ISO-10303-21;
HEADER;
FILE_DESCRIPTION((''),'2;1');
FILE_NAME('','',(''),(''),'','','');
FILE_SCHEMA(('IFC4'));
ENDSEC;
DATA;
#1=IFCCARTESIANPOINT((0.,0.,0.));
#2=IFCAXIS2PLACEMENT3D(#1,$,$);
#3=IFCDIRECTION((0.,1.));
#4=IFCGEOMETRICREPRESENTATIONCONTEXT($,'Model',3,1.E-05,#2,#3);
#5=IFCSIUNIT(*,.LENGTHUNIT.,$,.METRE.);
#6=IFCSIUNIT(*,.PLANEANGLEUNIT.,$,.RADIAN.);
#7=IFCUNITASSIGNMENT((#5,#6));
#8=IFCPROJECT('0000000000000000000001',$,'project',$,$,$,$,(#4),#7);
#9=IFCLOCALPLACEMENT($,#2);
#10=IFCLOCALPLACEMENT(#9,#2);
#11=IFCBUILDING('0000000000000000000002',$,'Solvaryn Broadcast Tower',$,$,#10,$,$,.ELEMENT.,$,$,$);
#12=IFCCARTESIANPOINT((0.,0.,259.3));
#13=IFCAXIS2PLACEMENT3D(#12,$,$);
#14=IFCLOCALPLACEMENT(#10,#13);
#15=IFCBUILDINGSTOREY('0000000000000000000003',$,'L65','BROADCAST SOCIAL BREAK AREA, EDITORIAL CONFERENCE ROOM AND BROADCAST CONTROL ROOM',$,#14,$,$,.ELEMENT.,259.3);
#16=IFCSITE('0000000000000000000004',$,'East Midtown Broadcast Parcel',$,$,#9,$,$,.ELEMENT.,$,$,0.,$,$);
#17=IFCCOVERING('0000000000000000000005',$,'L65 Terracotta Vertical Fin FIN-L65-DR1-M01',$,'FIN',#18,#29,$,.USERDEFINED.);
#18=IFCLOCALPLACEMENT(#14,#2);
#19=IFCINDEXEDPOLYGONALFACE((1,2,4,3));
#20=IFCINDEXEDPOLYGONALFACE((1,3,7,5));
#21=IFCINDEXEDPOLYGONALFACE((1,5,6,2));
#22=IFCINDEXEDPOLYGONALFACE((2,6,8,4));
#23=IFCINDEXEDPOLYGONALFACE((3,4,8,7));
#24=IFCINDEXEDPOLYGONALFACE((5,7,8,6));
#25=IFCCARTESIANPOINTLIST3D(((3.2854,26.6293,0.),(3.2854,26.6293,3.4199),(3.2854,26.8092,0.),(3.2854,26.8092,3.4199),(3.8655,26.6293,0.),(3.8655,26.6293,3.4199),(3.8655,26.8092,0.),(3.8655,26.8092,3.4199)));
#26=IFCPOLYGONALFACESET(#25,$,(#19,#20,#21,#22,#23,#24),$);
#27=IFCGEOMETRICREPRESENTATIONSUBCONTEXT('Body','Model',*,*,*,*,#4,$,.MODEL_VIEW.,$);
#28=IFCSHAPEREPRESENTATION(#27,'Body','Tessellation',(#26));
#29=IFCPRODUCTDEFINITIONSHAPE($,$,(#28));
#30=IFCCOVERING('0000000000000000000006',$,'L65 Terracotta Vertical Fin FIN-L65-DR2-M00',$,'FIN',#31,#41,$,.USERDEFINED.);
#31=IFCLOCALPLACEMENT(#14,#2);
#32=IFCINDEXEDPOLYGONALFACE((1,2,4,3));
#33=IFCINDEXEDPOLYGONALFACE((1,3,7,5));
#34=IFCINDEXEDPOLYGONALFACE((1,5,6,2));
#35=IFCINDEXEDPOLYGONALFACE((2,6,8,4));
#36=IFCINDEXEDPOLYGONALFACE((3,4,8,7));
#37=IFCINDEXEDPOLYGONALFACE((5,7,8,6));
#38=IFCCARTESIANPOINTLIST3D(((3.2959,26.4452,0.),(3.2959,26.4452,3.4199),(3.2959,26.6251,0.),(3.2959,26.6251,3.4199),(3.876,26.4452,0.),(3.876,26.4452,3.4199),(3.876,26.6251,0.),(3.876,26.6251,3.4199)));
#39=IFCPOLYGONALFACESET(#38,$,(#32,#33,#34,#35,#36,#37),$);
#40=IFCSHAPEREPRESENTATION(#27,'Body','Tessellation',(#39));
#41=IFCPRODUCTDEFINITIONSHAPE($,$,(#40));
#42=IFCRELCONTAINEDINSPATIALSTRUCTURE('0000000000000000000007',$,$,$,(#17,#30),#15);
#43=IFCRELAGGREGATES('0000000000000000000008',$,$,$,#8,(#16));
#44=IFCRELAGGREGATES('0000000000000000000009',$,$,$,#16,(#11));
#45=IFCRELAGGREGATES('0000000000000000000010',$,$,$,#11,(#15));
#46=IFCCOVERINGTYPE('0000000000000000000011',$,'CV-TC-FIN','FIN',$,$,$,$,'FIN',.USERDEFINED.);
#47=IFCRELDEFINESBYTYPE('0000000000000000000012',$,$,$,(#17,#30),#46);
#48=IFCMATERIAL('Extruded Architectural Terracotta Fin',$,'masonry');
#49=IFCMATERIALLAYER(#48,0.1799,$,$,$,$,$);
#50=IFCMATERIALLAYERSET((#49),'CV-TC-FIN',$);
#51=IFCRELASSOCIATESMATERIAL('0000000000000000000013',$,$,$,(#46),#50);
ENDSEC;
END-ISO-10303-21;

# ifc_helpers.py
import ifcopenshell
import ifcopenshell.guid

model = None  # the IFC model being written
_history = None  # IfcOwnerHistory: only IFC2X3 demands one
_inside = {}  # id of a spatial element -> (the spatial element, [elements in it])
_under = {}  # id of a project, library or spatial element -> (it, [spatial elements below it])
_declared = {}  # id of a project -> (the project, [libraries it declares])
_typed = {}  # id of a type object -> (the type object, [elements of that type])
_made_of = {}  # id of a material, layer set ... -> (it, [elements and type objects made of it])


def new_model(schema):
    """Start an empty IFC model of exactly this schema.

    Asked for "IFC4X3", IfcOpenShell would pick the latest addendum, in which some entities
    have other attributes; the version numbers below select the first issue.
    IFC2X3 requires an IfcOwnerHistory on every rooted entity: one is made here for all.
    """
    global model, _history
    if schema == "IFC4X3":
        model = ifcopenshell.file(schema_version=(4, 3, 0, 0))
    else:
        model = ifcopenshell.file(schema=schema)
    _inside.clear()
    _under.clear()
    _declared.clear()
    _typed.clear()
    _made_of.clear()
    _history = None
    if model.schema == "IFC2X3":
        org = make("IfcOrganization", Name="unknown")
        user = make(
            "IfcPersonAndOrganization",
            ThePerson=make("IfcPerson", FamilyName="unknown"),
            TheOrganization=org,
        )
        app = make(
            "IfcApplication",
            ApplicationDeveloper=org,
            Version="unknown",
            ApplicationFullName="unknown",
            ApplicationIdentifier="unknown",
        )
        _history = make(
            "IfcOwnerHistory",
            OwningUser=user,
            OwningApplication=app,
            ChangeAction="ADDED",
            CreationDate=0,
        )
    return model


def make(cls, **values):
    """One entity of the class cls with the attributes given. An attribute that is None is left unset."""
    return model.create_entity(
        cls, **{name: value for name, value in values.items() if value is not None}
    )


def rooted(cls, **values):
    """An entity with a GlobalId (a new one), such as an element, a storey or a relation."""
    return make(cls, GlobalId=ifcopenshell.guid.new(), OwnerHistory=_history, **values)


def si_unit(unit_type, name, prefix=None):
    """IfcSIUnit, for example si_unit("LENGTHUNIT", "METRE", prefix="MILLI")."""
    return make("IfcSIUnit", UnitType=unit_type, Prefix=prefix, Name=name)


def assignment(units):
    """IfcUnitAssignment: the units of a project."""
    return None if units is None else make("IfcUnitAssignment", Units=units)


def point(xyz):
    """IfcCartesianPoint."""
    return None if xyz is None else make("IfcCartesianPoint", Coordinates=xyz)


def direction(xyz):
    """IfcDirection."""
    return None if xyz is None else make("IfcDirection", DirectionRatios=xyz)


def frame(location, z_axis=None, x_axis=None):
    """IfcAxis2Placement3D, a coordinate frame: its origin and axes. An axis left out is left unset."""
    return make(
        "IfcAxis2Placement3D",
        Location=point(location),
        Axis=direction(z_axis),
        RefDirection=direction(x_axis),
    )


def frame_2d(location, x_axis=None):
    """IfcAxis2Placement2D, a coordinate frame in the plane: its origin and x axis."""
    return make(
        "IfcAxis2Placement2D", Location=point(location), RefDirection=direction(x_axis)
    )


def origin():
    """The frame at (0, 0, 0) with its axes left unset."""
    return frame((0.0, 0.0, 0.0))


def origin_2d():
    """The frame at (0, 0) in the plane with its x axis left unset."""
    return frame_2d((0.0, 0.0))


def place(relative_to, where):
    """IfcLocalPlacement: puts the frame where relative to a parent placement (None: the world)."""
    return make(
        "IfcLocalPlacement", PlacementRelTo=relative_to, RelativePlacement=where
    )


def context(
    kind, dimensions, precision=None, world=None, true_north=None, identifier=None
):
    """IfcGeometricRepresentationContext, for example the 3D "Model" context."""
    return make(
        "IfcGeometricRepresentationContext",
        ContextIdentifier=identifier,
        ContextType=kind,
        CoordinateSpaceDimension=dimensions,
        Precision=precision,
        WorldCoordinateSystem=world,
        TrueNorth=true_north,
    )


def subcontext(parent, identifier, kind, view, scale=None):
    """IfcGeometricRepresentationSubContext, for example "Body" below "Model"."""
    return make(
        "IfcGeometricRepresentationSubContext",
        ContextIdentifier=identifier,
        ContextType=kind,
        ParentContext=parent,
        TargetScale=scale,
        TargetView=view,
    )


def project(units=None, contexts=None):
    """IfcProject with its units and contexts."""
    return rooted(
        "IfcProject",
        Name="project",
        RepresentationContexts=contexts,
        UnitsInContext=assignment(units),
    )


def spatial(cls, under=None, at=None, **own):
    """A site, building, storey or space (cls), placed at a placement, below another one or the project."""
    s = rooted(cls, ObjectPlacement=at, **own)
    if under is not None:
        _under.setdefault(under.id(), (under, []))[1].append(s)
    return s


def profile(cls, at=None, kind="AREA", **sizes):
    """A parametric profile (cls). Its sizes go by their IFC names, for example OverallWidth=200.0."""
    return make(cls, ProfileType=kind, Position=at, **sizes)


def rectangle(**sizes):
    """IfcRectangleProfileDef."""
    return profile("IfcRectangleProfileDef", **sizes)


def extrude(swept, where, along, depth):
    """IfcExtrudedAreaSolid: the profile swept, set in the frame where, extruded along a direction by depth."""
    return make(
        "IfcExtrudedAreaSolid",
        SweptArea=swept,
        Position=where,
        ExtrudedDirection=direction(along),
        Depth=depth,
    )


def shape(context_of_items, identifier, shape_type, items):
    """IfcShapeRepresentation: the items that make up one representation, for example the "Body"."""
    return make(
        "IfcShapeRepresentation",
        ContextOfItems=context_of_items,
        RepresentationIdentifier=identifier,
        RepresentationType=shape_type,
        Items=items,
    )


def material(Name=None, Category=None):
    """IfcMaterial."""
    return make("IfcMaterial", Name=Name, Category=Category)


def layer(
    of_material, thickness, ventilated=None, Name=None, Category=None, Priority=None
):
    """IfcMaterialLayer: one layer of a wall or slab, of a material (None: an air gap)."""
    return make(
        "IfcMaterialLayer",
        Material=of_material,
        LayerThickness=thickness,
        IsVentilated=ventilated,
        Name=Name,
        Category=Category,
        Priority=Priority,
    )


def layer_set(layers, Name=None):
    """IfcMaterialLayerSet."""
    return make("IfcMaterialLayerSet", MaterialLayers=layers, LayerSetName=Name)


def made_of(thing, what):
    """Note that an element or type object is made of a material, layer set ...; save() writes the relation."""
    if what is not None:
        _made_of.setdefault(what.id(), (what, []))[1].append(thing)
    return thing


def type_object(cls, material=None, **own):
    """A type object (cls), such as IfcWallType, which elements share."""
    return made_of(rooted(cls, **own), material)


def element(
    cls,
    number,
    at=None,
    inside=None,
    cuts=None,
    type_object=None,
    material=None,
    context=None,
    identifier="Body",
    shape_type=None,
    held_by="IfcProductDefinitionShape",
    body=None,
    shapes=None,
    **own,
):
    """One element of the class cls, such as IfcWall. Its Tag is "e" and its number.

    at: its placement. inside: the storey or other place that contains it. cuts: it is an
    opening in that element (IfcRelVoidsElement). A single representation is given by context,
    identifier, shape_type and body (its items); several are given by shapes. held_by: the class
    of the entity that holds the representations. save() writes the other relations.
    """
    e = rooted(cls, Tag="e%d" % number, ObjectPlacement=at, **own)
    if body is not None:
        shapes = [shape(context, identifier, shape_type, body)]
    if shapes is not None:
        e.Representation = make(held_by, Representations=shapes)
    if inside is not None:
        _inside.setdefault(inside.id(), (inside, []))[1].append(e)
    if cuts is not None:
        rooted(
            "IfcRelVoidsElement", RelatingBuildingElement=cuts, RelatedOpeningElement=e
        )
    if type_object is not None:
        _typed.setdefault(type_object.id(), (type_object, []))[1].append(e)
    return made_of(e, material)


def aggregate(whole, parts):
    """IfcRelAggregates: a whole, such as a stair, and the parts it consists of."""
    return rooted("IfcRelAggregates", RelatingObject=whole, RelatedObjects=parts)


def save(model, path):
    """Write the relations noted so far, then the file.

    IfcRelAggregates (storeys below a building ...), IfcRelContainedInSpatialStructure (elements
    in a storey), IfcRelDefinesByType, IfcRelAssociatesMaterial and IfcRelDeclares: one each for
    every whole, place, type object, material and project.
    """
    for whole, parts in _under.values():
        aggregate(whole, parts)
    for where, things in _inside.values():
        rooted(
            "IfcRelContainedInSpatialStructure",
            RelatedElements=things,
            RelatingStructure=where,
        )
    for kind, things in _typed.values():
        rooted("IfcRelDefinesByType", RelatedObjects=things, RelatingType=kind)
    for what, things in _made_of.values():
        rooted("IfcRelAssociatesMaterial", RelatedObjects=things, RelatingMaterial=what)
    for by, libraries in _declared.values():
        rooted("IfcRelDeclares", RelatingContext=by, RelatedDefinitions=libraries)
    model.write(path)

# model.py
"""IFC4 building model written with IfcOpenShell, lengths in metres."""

from ifc_helpers import new_model, si_unit, direction, frame, origin, origin_2d, place, context, subcontext, project, spatial, rectangle, extrude, material, layer, layer_set, type_object, element, save


model = new_model("IFC4")

# Units and contexts
model_context = context("Model", 3, precision=1e-05, world=origin(), true_north=direction((0.0, 1.0)))
body_context = subcontext(model_context, "Body", "Model", "MODEL_VIEW")
ifc_project = project(units=[si_unit("LENGTHUNIT", "METRE"), si_unit("PLANEANGLEUNIT", "RADIAN")], contexts=[model_context])

# Site, building, storey
site_placement = place(None, origin())
site = spatial("IfcSite", under=ifc_project, at=site_placement, Name="East Midtown Broadcast Parcel", CompositionType="ELEMENT", RefElevation=0.0)
building_placement = place(site_placement, origin())
building = spatial("IfcBuilding", under=site, at=building_placement, Name="Solvaryn Broadcast Tower", CompositionType="ELEMENT")
storey_placement = place(building_placement, frame((0.0, 0.0, 259.3)))
storey = spatial("IfcBuildingStorey", under=building, at=storey_placement, Name="L65", Description="BROADCAST SOCIAL BREAK AREA, EDITORIAL CONFERENCE ROOM AND BROADCAST CONTROL ROOM", CompositionType="ELEMENT", Elevation=259.3)

# Coverings
ifc_material_1 = material(Name="Extruded Architectural Terracotta Fin", Category="masonry")
ifc_layer_1 = layer(ifc_material_1, 0.1799)
ifc_layer_set_1 = layer_set([ifc_layer_1], Name="CV-TC-FIN")
covering_type_1 = type_object("IfcCoveringType", Name="CV-TC-FIN", Description="FIN", ElementType="FIN", PredefinedType="USERDEFINED", material=ifc_layer_set_1)
for number, where, z_axis, x_axis, name in (
    (1, (3.5754, 26.7192, 0.0), (0.0, 0.0, 1.0), (1.0, 0.0, 0.0), "L65 Terracotta Vertical Fin FIN-L65-DR1-M01"),
    (2, (3.5859, 26.5352, 0.0), (0.0, 0.0, 1.0), (1.0, 0.0, 0.0), "L65 Terracotta Vertical Fin FIN-L65-DR2-M00"),
):
    element("IfcCovering", number, at=place(storey_placement, frame(where, z_axis=z_axis, x_axis=x_axis)), inside=storey, type_object=covering_type_1, Name=name, ObjectType="FIN", PredefinedType="USERDEFINED", context=body_context, shape_type="SweptSolid", body=[
        extrude(rectangle(XDim=0.5801, YDim=0.1799, at=origin_2d()), origin(), (0.0, 0.0, 1.0), 3.4199),
    ])

save(model, "model.ifc")
